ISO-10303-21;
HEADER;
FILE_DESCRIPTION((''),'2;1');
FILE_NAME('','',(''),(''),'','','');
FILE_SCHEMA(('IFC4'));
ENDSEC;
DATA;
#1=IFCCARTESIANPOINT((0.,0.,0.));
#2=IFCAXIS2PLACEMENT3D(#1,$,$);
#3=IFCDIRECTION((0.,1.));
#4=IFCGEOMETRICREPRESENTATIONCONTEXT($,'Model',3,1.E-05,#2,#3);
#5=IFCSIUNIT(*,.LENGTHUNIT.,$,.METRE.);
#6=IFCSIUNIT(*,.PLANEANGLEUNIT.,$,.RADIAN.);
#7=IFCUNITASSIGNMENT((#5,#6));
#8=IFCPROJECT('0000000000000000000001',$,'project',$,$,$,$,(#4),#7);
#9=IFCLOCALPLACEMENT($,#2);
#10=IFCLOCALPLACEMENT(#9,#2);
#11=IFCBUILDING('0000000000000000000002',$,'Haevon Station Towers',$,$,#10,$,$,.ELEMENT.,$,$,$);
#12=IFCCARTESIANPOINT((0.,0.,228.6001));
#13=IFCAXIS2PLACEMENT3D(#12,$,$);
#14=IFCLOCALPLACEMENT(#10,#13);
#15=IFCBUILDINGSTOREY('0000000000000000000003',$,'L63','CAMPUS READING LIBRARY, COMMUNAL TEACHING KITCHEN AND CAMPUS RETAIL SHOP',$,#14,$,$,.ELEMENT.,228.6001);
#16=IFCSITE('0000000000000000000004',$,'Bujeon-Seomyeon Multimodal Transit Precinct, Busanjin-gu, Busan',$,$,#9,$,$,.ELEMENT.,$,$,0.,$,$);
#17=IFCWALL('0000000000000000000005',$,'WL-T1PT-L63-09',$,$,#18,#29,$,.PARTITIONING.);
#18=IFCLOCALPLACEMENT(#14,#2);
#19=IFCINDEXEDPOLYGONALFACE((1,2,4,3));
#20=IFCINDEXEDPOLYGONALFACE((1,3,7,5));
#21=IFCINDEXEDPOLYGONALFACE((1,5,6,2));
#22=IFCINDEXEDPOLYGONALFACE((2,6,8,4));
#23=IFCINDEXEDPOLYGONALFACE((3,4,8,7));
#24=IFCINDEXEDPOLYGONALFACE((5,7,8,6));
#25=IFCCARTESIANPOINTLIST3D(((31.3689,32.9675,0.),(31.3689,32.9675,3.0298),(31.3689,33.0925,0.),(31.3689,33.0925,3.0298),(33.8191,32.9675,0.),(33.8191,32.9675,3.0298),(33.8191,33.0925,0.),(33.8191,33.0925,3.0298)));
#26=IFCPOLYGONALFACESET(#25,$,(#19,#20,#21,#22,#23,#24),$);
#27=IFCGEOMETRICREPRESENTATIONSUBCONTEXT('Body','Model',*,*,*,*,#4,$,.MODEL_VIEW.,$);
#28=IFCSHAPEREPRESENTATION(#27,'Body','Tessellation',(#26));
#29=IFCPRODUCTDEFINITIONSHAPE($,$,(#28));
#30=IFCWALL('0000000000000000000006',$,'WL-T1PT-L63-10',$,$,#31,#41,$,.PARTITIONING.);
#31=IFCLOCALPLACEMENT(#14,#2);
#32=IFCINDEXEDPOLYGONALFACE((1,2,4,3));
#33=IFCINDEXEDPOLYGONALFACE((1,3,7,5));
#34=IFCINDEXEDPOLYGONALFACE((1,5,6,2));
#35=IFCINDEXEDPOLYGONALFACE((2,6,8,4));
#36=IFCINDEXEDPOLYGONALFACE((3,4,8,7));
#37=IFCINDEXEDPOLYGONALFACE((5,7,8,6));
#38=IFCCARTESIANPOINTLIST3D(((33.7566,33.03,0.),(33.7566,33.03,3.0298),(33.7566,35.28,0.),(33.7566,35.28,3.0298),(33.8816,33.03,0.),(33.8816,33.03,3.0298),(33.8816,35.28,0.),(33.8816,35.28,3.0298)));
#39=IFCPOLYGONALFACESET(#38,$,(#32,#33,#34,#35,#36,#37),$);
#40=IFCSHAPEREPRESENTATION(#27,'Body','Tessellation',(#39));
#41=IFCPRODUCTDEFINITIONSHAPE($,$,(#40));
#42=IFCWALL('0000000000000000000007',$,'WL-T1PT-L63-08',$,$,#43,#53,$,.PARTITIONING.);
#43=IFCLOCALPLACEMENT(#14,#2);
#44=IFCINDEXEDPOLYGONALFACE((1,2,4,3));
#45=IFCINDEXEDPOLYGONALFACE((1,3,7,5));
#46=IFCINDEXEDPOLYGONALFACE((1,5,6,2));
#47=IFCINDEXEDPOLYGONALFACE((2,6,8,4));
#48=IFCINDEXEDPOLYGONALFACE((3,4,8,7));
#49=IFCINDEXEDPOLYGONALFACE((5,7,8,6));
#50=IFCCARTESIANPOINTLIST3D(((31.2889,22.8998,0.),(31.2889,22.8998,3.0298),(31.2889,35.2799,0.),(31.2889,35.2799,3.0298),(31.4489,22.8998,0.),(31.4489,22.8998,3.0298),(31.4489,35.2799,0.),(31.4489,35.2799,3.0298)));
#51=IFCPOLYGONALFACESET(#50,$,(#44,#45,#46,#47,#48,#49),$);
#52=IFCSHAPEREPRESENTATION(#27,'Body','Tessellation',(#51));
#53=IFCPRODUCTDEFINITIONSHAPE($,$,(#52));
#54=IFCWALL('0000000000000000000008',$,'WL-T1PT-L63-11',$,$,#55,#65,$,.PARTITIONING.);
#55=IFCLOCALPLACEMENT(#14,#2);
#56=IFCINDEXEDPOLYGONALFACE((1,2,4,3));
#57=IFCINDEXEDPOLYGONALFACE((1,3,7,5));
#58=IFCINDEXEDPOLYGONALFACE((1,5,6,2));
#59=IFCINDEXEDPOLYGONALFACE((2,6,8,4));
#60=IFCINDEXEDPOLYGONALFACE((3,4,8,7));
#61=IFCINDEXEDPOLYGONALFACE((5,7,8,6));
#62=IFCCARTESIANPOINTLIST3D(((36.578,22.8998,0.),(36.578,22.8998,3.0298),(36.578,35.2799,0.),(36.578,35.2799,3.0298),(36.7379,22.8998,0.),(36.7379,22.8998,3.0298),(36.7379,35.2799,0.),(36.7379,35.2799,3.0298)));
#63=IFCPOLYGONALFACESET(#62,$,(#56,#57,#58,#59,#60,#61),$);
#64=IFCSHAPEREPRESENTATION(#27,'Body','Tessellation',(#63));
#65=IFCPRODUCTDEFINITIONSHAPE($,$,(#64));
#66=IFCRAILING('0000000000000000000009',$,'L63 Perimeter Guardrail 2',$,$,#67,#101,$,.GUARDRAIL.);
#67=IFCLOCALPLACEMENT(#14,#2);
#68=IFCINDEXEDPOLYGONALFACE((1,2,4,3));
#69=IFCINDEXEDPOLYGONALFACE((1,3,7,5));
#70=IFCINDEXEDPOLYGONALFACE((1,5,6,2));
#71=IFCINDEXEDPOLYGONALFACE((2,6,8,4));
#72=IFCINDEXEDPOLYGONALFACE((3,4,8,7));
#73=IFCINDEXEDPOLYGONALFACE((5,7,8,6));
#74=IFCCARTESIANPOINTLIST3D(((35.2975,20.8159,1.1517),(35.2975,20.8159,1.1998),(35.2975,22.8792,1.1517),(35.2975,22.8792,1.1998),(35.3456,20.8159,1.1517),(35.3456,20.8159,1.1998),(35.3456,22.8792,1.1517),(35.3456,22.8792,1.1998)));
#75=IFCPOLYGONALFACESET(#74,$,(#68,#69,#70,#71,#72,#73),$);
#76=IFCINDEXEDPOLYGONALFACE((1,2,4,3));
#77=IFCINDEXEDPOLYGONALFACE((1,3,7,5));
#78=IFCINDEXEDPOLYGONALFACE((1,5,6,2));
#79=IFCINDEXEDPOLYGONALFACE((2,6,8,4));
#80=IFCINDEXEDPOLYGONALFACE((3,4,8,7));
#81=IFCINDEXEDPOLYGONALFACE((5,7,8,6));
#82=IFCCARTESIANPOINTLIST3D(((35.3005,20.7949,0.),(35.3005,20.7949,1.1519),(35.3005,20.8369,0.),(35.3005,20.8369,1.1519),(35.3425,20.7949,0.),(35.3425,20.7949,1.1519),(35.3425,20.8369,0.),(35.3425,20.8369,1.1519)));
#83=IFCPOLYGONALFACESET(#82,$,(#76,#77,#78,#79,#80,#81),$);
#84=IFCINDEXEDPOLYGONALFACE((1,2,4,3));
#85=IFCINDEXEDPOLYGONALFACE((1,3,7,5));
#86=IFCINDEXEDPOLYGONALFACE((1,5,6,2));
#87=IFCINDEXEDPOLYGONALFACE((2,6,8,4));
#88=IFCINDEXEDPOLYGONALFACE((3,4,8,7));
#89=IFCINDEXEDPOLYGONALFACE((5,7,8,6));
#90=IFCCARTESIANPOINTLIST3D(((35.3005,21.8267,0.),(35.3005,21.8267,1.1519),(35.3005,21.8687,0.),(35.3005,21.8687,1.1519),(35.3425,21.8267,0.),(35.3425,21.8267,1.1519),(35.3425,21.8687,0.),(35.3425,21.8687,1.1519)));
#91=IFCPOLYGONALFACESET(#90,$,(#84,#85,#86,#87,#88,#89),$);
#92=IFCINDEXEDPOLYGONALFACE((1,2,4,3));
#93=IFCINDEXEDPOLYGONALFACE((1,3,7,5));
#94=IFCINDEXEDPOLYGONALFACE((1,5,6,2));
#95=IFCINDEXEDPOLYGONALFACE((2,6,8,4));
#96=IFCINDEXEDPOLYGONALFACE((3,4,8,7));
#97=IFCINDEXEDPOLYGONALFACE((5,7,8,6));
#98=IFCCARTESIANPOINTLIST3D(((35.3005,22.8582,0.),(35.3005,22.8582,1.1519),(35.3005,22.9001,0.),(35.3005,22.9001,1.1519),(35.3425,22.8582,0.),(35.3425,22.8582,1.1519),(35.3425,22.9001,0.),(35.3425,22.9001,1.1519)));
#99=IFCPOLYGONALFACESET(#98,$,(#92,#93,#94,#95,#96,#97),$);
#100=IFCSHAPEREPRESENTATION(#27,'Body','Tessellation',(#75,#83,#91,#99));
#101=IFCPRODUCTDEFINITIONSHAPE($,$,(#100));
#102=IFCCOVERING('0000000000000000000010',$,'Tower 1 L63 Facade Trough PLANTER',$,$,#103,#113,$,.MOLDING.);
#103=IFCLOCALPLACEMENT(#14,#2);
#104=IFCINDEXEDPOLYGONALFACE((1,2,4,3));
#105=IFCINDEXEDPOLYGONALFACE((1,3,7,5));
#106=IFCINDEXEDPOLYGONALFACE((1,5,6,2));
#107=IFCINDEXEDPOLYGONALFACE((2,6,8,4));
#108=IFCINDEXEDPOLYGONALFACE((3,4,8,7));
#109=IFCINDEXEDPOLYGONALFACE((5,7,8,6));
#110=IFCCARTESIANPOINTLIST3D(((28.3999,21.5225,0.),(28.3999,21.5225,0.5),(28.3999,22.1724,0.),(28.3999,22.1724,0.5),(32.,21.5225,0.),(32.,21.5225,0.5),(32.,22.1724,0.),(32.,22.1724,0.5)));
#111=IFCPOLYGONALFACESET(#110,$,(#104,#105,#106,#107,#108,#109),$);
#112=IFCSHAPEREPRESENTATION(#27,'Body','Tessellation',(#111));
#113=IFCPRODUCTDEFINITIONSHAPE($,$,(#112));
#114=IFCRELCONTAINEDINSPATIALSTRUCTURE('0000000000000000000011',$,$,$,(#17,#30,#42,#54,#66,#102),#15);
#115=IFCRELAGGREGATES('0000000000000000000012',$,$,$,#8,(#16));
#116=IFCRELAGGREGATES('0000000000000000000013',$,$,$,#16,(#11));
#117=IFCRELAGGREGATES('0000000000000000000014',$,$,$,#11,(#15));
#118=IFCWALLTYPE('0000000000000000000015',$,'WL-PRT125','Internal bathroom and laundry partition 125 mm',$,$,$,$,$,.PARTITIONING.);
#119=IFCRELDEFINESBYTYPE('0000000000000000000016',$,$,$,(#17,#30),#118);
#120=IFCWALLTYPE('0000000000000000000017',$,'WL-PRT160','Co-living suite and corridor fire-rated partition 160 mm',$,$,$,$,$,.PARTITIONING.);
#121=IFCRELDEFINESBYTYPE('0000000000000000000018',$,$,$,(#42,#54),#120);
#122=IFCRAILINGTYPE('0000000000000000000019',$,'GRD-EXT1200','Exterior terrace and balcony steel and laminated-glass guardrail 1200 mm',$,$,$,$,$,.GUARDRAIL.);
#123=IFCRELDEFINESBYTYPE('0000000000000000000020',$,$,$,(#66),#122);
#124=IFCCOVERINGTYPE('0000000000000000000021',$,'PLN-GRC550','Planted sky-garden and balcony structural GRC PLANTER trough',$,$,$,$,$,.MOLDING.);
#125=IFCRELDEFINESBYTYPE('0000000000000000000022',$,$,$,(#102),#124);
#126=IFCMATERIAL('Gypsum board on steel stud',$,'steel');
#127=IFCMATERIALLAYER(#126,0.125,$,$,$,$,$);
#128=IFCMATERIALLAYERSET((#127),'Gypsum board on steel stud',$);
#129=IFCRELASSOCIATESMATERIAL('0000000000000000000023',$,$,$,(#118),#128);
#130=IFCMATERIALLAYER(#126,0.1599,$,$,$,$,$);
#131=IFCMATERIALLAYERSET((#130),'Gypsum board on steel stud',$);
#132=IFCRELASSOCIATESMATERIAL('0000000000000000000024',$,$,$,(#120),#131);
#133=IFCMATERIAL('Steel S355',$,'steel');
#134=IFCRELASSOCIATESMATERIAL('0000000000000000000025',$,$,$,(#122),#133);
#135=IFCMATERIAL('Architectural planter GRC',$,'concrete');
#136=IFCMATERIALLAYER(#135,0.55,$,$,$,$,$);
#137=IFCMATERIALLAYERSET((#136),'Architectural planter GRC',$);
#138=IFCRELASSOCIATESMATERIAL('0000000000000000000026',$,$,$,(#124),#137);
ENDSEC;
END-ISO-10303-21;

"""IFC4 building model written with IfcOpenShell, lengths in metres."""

from ifc_helpers import new_model, si_unit, direction, frame, frame_2d, origin, origin_2d, place, context, subcontext, project, spatial, rectangle, extrude, material, layer, layer_set, type_object, element, save


model = new_model("IFC4")

# Units and contexts
model_context = context("Model", 3, precision=1e-05, world=origin(), true_north=direction((0.0, 1.0)))
body_context = subcontext(model_context, "Body", "Model", "MODEL_VIEW")
ifc_project = project(units=[si_unit("LENGTHUNIT", "METRE"), si_unit("PLANEANGLEUNIT", "RADIAN")], contexts=[model_context])

# Site, building, storey
site_placement = place(None, origin())
site = spatial("IfcSite", under=ifc_project, at=site_placement, Name="Bujeon-Seomyeon Multimodal Transit Precinct, Busanjin-gu, Busan", CompositionType="ELEMENT", RefElevation=0.0)
building_placement = place(site_placement, origin())
building = spatial("IfcBuilding", under=site, at=building_placement, Name="Haevon Station Towers", CompositionType="ELEMENT")
storey_placement = place(building_placement, frame((0.0, 0.0, 228.6001)))
storey = spatial("IfcBuildingStorey", under=building, at=storey_placement, Name="L63", Description="CAMPUS READING LIBRARY, COMMUNAL TEACHING KITCHEN AND CAMPUS RETAIL SHOP", CompositionType="ELEMENT", Elevation=228.6001)

# Shared definitions
ifc_material_1 = material(Name="Steel S355", Category="steel")

# Shared definitions
ifc_material_2 = material(Name="Gypsum board on steel stud", Category="steel")

# Walls
ifc_layer_1 = layer(ifc_material_2, 0.125)
ifc_layer_set_1 = layer_set([ifc_layer_1], Name="Gypsum board on steel stud")
wall_type_1 = type_object("IfcWallType", Name="WL-PRT125", Description="Internal bathroom and laundry partition 125 mm", PredefinedType="PARTITIONING", material=ifc_layer_set_1)
wall_1_placement = place(storey_placement, frame((31.3689, 33.03, 0.0), z_axis=(0.0, 0.0, 1.0), x_axis=(1.0, 0.0, 0.0)))
element("IfcWall", 1, at=wall_1_placement, inside=storey, type_object=wall_type_1, Name="WL-T1PT-L63-09", PredefinedType="PARTITIONING", context=body_context, shape_type="SweptSolid", body=[
    extrude(rectangle(XDim=2.4502, YDim=0.125, at=frame_2d((1.2251, 0.0))), origin(), (0.0, 0.0, 1.0), 3.0298),
])
wall_2_placement = place(storey_placement, frame((33.8191, 33.03, 0.0), z_axis=(0.0, 0.0, 1.0), x_axis=(0.0, 1.0, 0.0)))
element("IfcWall", 2, at=wall_2_placement, inside=storey, type_object=wall_type_1, Name="WL-T1PT-L63-10", PredefinedType="PARTITIONING", context=body_context, shape_type="SweptSolid", body=[
    extrude(rectangle(XDim=2.25, YDim=0.125, at=frame_2d((1.125, 0.0))), origin(), (0.0, 0.0, 1.0), 3.0298),
])
ifc_layer_2 = layer(ifc_material_2, 0.1599)
ifc_layer_set_2 = layer_set([ifc_layer_2], Name="Gypsum board on steel stud")
wall_type_2 = type_object("IfcWallType", Name="WL-PRT160", Description="Co-living suite and corridor fire-rated partition 160 mm", PredefinedType="PARTITIONING", material=ifc_layer_set_2)
for number, where, z_axis, x_axis, name in (
    (3, (31.3689, 22.8999, 0.0), (0.0, 0.0, 1.0), (0.0, 1.0, 0.0), "WL-T1PT-L63-08"),
    (4, (36.658, 22.8999, 0.0), (0.0, 0.0, 1.0), (0.0, 1.0, 0.0), "WL-T1PT-L63-11"),
):
    element("IfcWall", number, at=place(storey_placement, frame(where, z_axis=z_axis, x_axis=x_axis)), inside=storey, type_object=wall_type_2, Name=name, PredefinedType="PARTITIONING", context=body_context, shape_type="SweptSolid", body=[
        extrude(rectangle(XDim=12.3801, YDim=0.1599, at=frame_2d((6.1899, 0.0))), origin(), (0.0, 0.0, 1.0), 3.0298),
    ])

# Railing
railing_type = type_object("IfcRailingType", Name="GRD-EXT1200", Description="Exterior terrace and balcony steel and laminated-glass guardrail 1200 mm", PredefinedType="GUARDRAIL", material=ifc_material_1)
railing_placement = place(storey_placement, frame((35.3215, 20.8159, 0.0)))
element("IfcRailing", 5, at=railing_placement, inside=storey, type_object=railing_type, Name="L63 Perimeter Guardrail 2", PredefinedType="GUARDRAIL", context=body_context, shape_type="SweptSolid", body=[
    extrude(rectangle(XDim=0.0481, YDim=0.0481, at=origin_2d()), frame((0.0, 0.0, 1.1758), z_axis=(0.0, 1.0, 0.0), x_axis=(-1.0, 0.0, 0.0)), (0.0, 0.0, 1.0), 2.0632),
    extrude(rectangle(XDim=0.042, YDim=0.042, at=origin_2d()), origin(), (0.0, 0.0, 1.0), 1.1519),
    extrude(rectangle(XDim=0.042, YDim=0.042, at=origin_2d()), frame((0.0, 1.0317, 0.0)), (0.0, 0.0, 1.0), 1.1519),
    extrude(rectangle(XDim=0.042, YDim=0.042, at=origin_2d()), frame((0.0, 2.0632, 0.0)), (0.0, 0.0, 1.0), 1.1519),
])

# Covering
ifc_material_3 = material(Name="Architectural planter GRC", Category="concrete")
ifc_layer_3 = layer(ifc_material_3, 0.55)
ifc_layer_set_3 = layer_set([ifc_layer_3], Name="Architectural planter GRC")
covering_type = type_object("IfcCoveringType", Name="PLN-GRC550", Description="Planted sky-garden and balcony structural GRC PLANTER trough", PredefinedType="MOLDING", material=ifc_layer_set_3)
covering_placement = place(storey_placement, frame((30.2, 21.8474, 0.0), z_axis=(0.0, 0.0, 1.0), x_axis=(1.0, 0.0, 0.0)))
element("IfcCovering", 6, at=covering_placement, inside=storey, type_object=covering_type, Name="Tower 1 L63 Facade Trough PLANTER", PredefinedType="MOLDING", context=body_context, shape_type="SweptSolid", body=[
    extrude(rectangle(XDim=3.6001, YDim=0.6499, at=origin_2d()), origin(), (0.0, 0.0, 1.0), 0.5),
])

save(model, "model.ifc")
